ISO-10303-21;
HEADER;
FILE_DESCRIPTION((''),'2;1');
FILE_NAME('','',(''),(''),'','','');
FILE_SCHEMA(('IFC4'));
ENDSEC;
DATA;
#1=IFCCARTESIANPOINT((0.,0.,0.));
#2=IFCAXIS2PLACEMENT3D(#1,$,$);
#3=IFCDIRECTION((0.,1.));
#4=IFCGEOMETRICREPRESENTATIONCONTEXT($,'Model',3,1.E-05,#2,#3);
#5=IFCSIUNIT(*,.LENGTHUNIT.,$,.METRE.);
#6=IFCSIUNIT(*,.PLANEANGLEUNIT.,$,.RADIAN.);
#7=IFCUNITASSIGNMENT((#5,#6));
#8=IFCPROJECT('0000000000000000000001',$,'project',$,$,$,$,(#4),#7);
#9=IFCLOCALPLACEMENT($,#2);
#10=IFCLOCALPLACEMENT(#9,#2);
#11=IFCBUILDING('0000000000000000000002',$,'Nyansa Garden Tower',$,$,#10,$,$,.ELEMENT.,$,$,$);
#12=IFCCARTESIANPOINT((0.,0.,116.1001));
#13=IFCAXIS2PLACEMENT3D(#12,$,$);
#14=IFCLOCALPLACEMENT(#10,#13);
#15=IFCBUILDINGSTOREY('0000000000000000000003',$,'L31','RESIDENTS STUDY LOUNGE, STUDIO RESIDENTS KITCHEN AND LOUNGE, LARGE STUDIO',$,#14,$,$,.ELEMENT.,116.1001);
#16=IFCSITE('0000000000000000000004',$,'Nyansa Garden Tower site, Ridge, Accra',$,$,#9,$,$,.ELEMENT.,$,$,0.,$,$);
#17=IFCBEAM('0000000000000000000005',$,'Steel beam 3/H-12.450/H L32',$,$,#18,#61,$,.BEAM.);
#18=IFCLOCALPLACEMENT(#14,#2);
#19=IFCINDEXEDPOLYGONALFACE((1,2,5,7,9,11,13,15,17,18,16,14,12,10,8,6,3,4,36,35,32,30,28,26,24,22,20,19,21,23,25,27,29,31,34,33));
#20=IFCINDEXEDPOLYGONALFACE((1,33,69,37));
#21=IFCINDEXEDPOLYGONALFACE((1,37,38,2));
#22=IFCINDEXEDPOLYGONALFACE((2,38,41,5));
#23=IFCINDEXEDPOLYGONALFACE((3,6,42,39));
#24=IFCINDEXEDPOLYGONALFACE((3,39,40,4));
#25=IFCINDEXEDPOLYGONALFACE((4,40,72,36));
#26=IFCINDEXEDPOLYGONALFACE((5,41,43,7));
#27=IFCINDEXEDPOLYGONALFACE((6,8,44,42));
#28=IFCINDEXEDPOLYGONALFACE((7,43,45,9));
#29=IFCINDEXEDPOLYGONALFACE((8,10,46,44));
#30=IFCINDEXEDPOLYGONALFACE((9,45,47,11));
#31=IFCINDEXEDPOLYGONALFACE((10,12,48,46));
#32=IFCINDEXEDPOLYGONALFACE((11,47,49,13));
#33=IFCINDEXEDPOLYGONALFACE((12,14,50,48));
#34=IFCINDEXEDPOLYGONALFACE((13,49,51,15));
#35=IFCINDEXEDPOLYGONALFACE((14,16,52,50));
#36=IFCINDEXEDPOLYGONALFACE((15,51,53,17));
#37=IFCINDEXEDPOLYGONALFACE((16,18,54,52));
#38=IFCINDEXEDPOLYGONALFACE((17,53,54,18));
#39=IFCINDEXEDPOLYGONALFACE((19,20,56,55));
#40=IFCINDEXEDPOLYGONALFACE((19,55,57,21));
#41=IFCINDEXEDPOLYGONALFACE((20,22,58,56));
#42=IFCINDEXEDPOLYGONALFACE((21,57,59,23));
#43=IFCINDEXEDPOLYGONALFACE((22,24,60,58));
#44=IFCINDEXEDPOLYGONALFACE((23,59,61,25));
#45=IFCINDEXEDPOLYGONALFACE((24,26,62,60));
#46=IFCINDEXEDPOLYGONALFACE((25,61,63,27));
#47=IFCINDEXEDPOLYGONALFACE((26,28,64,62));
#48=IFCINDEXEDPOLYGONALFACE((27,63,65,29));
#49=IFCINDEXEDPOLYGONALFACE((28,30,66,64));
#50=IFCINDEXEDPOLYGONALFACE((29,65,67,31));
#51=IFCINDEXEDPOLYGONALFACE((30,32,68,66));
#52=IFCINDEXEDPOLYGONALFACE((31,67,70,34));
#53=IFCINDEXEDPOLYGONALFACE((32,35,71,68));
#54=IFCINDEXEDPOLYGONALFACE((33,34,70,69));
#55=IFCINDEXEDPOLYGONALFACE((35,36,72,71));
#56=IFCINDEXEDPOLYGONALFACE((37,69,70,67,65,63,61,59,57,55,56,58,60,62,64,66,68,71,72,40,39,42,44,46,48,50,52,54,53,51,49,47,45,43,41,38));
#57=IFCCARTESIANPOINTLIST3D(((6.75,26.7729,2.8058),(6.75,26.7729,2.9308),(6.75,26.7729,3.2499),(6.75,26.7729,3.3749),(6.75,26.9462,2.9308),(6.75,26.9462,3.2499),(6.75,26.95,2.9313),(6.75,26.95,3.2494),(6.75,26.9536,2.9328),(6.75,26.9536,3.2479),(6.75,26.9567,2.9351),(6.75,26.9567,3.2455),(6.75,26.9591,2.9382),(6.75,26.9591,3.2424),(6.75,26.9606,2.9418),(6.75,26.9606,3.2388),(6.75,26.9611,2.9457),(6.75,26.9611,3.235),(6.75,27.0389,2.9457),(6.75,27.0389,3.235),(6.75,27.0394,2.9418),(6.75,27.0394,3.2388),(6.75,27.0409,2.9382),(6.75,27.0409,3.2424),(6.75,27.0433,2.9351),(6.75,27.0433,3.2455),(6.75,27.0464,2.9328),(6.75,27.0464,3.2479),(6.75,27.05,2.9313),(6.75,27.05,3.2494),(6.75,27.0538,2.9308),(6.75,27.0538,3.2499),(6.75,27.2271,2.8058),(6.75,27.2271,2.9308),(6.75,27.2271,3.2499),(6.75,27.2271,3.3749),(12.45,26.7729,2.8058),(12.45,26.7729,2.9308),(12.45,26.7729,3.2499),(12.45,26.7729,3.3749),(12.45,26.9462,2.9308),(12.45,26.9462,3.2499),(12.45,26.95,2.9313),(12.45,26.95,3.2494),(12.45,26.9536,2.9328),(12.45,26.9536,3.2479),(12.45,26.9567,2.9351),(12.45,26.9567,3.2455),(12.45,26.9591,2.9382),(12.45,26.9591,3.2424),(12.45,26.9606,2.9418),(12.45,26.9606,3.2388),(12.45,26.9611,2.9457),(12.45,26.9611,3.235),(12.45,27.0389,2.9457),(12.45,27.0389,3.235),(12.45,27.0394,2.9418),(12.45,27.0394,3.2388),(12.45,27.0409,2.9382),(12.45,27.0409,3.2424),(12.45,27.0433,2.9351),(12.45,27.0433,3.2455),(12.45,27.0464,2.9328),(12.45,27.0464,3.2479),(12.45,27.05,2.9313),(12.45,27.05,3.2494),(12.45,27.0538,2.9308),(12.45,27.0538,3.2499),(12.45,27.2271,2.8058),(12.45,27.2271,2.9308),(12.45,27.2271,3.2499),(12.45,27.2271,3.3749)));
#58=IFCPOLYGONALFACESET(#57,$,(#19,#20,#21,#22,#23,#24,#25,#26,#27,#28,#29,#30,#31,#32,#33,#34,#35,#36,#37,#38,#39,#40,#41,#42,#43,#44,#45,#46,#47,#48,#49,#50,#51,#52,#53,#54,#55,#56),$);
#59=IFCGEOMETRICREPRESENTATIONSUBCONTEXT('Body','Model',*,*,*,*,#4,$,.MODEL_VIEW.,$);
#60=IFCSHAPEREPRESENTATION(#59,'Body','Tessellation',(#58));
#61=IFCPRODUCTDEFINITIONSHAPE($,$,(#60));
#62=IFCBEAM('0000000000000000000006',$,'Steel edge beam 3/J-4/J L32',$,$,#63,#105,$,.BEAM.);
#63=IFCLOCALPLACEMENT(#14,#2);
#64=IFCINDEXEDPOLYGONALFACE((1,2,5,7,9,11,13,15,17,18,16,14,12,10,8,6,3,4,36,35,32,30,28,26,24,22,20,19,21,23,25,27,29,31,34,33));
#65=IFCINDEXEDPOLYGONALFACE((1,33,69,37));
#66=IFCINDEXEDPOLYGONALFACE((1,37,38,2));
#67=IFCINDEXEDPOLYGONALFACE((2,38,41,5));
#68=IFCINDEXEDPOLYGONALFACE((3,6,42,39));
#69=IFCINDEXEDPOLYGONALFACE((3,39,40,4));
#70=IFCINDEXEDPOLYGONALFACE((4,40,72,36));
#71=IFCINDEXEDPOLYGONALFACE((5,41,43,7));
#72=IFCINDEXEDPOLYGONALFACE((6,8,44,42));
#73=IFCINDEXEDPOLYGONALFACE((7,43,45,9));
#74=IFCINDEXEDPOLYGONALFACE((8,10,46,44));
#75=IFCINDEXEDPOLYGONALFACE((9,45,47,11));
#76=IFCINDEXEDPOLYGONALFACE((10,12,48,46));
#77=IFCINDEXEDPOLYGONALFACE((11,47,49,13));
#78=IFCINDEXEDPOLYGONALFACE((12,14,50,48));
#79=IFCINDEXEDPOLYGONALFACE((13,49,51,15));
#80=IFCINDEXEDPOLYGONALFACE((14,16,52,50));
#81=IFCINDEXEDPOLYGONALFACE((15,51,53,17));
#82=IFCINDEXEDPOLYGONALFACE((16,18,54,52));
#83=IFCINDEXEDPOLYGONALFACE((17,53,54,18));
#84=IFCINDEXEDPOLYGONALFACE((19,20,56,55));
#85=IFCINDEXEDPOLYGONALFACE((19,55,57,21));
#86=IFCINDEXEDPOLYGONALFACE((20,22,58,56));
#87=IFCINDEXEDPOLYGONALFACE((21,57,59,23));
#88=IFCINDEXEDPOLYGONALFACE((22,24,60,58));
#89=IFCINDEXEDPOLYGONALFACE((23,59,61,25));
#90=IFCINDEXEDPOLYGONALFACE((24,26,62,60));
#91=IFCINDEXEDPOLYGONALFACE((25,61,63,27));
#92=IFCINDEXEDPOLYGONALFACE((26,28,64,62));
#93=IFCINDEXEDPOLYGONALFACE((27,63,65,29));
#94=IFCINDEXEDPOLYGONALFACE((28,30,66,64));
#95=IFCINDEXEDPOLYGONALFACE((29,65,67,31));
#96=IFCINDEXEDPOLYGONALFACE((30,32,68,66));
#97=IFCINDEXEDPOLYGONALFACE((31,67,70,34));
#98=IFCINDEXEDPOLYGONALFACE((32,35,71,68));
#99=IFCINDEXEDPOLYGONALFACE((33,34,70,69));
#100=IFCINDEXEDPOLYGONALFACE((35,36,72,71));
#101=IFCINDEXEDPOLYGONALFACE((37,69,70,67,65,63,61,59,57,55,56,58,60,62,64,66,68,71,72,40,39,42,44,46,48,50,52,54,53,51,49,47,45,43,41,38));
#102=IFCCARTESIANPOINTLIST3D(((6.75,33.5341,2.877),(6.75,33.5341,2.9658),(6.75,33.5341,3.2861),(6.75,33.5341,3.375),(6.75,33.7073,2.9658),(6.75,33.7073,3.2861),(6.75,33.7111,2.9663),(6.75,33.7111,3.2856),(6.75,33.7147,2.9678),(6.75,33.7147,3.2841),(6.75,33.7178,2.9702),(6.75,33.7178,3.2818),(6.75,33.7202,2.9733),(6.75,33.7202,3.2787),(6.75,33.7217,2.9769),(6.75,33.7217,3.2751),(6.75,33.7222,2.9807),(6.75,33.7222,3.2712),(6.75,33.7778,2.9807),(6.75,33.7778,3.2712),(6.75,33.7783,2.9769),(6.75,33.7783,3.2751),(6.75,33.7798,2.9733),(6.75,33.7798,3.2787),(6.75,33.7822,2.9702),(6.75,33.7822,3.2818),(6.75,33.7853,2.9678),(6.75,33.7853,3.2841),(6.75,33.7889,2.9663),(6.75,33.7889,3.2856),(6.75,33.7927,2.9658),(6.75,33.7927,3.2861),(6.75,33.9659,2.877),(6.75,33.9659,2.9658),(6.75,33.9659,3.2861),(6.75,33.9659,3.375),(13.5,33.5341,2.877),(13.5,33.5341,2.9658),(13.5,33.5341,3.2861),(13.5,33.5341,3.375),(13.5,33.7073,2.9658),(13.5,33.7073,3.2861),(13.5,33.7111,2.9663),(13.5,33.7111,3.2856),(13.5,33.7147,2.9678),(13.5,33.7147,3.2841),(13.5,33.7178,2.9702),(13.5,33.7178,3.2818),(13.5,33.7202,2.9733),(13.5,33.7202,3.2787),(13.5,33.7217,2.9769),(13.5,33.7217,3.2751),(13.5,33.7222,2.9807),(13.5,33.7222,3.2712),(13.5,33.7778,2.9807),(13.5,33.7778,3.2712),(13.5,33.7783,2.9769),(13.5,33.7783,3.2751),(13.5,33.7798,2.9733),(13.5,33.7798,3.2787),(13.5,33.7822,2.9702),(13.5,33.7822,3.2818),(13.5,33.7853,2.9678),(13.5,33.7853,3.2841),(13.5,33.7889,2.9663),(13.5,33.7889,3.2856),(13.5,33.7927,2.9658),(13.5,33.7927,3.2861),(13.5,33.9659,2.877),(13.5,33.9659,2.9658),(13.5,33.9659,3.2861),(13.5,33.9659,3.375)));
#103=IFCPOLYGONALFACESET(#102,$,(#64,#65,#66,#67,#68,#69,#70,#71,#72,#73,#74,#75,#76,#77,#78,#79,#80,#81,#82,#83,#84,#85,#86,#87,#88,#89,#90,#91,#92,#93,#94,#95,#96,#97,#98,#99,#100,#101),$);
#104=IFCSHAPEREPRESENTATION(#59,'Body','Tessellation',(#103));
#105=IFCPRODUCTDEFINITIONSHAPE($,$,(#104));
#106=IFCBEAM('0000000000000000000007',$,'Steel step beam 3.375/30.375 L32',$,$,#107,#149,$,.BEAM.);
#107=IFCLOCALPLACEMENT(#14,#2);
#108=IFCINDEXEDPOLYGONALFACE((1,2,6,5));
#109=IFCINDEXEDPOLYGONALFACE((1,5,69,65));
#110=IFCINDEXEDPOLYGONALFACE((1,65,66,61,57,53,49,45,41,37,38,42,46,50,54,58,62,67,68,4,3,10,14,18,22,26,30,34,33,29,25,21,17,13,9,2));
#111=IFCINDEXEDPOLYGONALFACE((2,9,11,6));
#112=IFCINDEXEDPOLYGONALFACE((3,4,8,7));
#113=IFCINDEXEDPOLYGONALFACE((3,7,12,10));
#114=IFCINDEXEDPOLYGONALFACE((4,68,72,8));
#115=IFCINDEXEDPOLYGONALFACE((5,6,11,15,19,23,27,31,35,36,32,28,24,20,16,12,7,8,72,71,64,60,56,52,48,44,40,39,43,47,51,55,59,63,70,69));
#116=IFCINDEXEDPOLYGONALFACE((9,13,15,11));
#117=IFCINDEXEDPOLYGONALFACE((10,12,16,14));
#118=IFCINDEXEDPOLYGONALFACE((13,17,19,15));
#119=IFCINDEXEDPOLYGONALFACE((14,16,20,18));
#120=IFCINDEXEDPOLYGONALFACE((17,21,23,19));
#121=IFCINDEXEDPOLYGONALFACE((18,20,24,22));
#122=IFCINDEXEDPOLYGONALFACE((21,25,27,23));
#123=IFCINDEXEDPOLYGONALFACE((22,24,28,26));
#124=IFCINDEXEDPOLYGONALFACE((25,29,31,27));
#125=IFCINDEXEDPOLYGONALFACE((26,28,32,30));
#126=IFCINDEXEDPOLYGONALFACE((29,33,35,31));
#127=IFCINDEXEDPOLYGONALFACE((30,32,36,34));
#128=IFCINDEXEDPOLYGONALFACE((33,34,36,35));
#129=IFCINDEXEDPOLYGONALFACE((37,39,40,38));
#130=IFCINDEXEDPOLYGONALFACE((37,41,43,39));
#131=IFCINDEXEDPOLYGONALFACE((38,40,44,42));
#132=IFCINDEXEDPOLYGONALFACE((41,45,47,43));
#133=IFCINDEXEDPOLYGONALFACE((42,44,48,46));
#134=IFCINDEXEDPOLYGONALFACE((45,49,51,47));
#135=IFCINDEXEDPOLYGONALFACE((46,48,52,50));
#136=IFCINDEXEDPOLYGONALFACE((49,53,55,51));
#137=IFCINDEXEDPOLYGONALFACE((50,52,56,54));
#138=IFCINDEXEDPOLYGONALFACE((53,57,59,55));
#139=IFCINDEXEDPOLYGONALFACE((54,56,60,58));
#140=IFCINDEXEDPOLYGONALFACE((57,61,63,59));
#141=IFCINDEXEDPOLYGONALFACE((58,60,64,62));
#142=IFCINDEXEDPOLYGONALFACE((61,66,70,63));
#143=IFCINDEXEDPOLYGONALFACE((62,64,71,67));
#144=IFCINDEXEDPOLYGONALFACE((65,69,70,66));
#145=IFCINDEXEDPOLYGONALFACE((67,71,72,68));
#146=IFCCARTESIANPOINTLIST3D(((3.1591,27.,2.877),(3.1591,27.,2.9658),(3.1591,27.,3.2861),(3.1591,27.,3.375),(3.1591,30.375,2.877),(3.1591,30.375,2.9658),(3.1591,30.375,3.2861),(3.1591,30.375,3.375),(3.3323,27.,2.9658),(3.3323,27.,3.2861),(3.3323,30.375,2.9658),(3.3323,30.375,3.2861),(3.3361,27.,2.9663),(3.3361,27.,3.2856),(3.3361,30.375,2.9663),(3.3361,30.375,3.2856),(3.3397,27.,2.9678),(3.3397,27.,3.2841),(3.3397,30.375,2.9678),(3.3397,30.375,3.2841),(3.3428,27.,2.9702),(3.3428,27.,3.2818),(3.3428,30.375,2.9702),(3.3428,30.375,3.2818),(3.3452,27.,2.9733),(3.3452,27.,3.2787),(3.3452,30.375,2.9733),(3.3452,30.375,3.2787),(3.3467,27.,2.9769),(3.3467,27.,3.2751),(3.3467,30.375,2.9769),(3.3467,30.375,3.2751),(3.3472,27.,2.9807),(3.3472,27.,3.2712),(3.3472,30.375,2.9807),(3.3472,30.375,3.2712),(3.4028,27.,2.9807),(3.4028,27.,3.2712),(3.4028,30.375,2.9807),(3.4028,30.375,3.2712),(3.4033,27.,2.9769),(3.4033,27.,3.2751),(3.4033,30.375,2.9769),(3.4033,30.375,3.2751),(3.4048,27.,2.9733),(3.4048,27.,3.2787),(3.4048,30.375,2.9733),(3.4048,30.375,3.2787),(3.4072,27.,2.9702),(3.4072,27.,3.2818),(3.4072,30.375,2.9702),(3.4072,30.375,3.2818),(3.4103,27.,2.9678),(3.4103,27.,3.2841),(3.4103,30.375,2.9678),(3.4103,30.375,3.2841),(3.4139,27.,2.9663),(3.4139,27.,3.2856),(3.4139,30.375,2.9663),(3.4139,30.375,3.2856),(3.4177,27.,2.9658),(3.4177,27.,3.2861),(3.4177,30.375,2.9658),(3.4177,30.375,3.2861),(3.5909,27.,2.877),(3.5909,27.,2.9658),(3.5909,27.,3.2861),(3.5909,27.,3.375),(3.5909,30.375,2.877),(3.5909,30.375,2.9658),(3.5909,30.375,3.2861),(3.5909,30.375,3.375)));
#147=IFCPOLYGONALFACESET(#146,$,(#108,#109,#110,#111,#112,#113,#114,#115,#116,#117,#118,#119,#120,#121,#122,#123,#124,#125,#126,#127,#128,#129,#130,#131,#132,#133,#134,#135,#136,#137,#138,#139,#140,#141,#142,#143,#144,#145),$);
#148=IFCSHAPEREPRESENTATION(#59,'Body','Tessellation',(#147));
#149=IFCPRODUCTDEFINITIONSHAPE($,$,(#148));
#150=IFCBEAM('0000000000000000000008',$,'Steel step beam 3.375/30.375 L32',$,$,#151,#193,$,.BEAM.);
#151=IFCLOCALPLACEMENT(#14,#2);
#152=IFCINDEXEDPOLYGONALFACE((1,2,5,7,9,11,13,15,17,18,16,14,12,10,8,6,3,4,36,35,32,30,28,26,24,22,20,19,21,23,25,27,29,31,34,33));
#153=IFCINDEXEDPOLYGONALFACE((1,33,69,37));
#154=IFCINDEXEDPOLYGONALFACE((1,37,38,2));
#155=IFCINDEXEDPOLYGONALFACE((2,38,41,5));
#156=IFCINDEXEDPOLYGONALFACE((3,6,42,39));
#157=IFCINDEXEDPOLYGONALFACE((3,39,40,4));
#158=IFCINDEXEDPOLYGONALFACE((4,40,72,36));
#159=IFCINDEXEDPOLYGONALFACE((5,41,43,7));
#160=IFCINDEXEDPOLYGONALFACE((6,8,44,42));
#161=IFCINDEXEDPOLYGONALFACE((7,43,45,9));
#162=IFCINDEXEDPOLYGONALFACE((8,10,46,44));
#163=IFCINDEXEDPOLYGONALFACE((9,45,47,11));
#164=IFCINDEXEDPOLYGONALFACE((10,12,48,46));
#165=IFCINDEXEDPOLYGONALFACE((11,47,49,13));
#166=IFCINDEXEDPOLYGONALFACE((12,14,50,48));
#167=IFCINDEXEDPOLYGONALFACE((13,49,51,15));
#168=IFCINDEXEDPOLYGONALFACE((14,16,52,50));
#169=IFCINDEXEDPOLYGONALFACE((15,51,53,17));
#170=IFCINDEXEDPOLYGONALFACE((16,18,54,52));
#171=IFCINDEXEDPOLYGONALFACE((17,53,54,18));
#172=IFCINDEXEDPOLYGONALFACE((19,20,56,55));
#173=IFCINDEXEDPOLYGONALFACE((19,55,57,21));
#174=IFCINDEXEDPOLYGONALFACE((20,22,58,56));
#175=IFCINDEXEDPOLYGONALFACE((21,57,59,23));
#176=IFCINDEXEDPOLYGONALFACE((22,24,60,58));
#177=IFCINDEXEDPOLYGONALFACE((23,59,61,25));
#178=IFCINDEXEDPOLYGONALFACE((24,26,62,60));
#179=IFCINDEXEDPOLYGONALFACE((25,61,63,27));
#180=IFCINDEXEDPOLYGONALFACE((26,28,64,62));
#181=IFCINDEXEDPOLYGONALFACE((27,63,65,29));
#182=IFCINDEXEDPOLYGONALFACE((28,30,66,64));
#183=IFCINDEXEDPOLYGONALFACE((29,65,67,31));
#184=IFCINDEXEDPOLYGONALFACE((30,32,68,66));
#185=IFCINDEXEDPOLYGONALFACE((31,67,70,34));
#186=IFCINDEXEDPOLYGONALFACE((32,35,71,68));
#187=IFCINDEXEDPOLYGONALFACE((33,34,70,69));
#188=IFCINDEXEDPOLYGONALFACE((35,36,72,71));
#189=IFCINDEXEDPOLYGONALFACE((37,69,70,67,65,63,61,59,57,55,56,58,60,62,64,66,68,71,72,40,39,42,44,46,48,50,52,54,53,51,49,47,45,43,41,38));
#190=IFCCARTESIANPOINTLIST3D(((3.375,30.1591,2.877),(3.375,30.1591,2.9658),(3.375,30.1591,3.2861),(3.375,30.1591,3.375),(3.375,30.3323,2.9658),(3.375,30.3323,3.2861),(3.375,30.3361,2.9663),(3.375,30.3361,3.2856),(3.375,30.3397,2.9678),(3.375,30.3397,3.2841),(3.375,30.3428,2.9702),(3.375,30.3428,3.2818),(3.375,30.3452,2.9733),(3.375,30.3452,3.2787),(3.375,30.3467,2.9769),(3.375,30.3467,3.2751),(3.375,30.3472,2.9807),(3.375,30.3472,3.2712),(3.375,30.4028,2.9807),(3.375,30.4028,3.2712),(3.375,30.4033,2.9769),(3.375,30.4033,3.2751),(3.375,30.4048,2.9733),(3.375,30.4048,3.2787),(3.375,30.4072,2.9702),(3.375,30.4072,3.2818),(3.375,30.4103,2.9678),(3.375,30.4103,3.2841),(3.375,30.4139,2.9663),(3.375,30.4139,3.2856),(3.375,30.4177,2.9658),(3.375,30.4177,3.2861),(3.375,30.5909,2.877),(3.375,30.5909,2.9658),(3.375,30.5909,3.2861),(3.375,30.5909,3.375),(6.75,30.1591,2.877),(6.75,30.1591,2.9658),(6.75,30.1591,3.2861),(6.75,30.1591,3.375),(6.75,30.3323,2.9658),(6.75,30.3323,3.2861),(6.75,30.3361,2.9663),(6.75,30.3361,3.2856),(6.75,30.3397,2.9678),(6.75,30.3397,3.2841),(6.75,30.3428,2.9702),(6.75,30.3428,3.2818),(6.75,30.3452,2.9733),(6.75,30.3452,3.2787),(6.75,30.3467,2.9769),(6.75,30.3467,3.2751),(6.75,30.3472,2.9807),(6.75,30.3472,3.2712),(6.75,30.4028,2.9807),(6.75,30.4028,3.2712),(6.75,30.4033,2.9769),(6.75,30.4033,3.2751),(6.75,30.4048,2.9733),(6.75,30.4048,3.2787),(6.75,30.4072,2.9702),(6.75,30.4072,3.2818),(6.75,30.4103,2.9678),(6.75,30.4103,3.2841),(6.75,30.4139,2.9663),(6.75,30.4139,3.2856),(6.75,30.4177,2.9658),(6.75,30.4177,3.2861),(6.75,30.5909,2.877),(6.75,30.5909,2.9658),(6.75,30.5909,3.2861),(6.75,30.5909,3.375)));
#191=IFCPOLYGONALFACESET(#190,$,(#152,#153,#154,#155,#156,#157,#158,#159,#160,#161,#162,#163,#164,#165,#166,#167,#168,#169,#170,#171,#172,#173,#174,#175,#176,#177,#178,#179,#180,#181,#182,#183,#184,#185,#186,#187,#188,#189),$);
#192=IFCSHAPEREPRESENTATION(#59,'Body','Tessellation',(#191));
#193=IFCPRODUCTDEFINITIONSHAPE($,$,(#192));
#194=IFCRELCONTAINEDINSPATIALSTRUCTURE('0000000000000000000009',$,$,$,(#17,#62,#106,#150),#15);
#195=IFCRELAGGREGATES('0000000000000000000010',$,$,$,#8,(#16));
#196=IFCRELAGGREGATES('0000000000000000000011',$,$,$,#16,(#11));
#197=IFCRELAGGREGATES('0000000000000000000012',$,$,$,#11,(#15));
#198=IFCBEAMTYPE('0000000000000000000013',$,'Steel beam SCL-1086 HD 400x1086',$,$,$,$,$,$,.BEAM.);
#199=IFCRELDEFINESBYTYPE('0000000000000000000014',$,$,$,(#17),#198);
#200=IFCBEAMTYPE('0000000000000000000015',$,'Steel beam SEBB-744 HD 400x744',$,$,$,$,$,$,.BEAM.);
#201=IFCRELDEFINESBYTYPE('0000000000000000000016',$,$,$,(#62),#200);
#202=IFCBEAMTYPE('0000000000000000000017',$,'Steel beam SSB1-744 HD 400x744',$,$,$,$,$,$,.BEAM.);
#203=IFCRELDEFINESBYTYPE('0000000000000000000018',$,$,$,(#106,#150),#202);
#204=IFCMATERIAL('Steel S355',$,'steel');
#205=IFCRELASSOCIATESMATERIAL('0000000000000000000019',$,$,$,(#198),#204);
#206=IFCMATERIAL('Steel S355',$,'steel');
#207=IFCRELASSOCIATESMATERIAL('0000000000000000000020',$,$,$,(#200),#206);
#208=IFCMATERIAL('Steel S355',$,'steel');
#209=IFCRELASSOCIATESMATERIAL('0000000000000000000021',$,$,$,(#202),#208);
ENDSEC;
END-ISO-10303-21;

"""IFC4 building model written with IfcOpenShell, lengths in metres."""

from ifc_helpers import new_model, si_unit, direction, frame, origin, origin_2d, place, context, subcontext, project, spatial, i_section, extrude, material, material_profile, profile_set, type_object, element, save


model = new_model("IFC4")

# Units and contexts
model_context = context("Model", 3, precision=1e-05, world=origin(), true_north=direction((0.0, 1.0)))
body_context = subcontext(model_context, "Body", "Model", "MODEL_VIEW")
ifc_project = project(units=[si_unit("LENGTHUNIT", "METRE"), si_unit("PLANEANGLEUNIT", "RADIAN")], contexts=[model_context])

# Site, building, storey
site_placement = place(None, origin())
site = spatial("IfcSite", under=ifc_project, at=site_placement, Name="Nyansa Garden Tower site, Ridge, Accra", CompositionType="ELEMENT", RefElevation=0.0)
building_placement = place(site_placement, origin())
building = spatial("IfcBuilding", under=site, at=building_placement, Name="Nyansa Garden Tower", CompositionType="ELEMENT")
storey_placement = place(building_placement, frame((0.0, 0.0, 116.1001)))
storey = spatial("IfcBuildingStorey", under=building, at=storey_placement, Name="L31", Description="RESIDENTS STUDY LOUNGE, STUDIO RESIDENTS KITCHEN AND LOUNGE, LARGE STUDIO", CompositionType="ELEMENT", Elevation=116.1001)

# Beams
ifc_material_1 = material(Name="Steel S355", Category="steel")
ifc_material_profile_1 = material_profile(ifc_material_1, i_section(OverallWidth=0.4541, OverallDepth=0.5691, WebThickness=0.0779, FlangeThickness=0.125, FilletRadius=0.0149, at=origin_2d()), Name="HD 400x1086")
ifc_profile_set_1 = profile_set([ifc_material_profile_1], Name="Steel S355")
beam_type_1 = type_object("IfcBeamType", Name="Steel beam SCL-1086 HD 400x1086", PredefinedType="BEAM", material=ifc_profile_set_1)
beam_1_placement = place(storey_placement, frame((6.75, 27.0, 3.0903), z_axis=(1.0, 0.0, 0.0), x_axis=(0.0, 1.0, 0.0)))
element("IfcBeam", 1, at=beam_1_placement, inside=storey, type_object=beam_type_1, Name="Steel beam 3/H-12.450/H L32", PredefinedType="BEAM", context=body_context, shape_type="SweptSolid", body=[
    extrude(i_section(OverallWidth=0.4541, OverallDepth=0.5691, WebThickness=0.0779, FlangeThickness=0.125, FilletRadius=0.0149, at=origin_2d()), origin(), (0.0, 0.0, 1.0), 5.7),
])
ifc_material_2 = material(Name="Steel S355", Category="steel")
ifc_material_profile_2 = material_profile(ifc_material_2, i_section(OverallWidth=0.4319, OverallDepth=0.498, WebThickness=0.0557, FlangeThickness=0.0889, FilletRadius=0.0149, at=origin_2d()), Name="HD 400x744")
ifc_profile_set_2 = profile_set([ifc_material_profile_2], Name="Steel S355")
beam_type_2 = type_object("IfcBeamType", Name="Steel beam SEBB-744 HD 400x744", PredefinedType="BEAM", material=ifc_profile_set_2)
beam_2_placement = place(storey_placement, frame((6.75, 33.75, 3.126), z_axis=(1.0, 0.0, 0.0), x_axis=(0.0, 1.0, 0.0)))
element("IfcBeam", 2, at=beam_2_placement, inside=storey, type_object=beam_type_2, Name="Steel edge beam 3/J-4/J L32", PredefinedType="BEAM", context=body_context, shape_type="SweptSolid", body=[
    extrude(i_section(OverallWidth=0.4319, OverallDepth=0.498, WebThickness=0.0557, FlangeThickness=0.0889, FilletRadius=0.0149, at=origin_2d()), origin(), (0.0, 0.0, 1.0), 6.75),
])
ifc_material_3 = material(Name="Steel S355", Category="steel")
ifc_material_profile_3 = material_profile(ifc_material_3, i_section(OverallWidth=0.4319, OverallDepth=0.498, WebThickness=0.0557, FlangeThickness=0.0889, FilletRadius=0.0149, at=origin_2d()), Name="HD 400x744")
ifc_profile_set_3 = profile_set([ifc_material_profile_3], Name="Steel S355")
beam_type_3 = type_object("IfcBeamType", Name="Steel beam SSB1-744 HD 400x744", PredefinedType="BEAM", material=ifc_profile_set_3)
for number, where, z_axis, x_axis, name in (
    (3, (3.375, 30.375, 3.126), (0.0, -1.0, 0.0), (1.0, 0.0, 0.0), "Steel step beam 3.375/30.375 L32"),
    (4, (3.375, 30.375, 3.126), (1.0, 0.0, 0.0), (0.0, 1.0, 0.0), "Steel step beam 3.375/30.375 L32"),
):
    element("IfcBeam", number, at=place(storey_placement, frame(where, z_axis=z_axis, x_axis=x_axis)), inside=storey, type_object=beam_type_3, Name=name, PredefinedType="BEAM", context=body_context, shape_type="SweptSolid", body=[
        extrude(i_section(OverallWidth=0.4319, OverallDepth=0.498, WebThickness=0.0557, FlangeThickness=0.0889, FilletRadius=0.0149, at=origin_2d()), origin(), (0.0, 0.0, 1.0), 3.375),
    ])

save(model, "model.ifc")
